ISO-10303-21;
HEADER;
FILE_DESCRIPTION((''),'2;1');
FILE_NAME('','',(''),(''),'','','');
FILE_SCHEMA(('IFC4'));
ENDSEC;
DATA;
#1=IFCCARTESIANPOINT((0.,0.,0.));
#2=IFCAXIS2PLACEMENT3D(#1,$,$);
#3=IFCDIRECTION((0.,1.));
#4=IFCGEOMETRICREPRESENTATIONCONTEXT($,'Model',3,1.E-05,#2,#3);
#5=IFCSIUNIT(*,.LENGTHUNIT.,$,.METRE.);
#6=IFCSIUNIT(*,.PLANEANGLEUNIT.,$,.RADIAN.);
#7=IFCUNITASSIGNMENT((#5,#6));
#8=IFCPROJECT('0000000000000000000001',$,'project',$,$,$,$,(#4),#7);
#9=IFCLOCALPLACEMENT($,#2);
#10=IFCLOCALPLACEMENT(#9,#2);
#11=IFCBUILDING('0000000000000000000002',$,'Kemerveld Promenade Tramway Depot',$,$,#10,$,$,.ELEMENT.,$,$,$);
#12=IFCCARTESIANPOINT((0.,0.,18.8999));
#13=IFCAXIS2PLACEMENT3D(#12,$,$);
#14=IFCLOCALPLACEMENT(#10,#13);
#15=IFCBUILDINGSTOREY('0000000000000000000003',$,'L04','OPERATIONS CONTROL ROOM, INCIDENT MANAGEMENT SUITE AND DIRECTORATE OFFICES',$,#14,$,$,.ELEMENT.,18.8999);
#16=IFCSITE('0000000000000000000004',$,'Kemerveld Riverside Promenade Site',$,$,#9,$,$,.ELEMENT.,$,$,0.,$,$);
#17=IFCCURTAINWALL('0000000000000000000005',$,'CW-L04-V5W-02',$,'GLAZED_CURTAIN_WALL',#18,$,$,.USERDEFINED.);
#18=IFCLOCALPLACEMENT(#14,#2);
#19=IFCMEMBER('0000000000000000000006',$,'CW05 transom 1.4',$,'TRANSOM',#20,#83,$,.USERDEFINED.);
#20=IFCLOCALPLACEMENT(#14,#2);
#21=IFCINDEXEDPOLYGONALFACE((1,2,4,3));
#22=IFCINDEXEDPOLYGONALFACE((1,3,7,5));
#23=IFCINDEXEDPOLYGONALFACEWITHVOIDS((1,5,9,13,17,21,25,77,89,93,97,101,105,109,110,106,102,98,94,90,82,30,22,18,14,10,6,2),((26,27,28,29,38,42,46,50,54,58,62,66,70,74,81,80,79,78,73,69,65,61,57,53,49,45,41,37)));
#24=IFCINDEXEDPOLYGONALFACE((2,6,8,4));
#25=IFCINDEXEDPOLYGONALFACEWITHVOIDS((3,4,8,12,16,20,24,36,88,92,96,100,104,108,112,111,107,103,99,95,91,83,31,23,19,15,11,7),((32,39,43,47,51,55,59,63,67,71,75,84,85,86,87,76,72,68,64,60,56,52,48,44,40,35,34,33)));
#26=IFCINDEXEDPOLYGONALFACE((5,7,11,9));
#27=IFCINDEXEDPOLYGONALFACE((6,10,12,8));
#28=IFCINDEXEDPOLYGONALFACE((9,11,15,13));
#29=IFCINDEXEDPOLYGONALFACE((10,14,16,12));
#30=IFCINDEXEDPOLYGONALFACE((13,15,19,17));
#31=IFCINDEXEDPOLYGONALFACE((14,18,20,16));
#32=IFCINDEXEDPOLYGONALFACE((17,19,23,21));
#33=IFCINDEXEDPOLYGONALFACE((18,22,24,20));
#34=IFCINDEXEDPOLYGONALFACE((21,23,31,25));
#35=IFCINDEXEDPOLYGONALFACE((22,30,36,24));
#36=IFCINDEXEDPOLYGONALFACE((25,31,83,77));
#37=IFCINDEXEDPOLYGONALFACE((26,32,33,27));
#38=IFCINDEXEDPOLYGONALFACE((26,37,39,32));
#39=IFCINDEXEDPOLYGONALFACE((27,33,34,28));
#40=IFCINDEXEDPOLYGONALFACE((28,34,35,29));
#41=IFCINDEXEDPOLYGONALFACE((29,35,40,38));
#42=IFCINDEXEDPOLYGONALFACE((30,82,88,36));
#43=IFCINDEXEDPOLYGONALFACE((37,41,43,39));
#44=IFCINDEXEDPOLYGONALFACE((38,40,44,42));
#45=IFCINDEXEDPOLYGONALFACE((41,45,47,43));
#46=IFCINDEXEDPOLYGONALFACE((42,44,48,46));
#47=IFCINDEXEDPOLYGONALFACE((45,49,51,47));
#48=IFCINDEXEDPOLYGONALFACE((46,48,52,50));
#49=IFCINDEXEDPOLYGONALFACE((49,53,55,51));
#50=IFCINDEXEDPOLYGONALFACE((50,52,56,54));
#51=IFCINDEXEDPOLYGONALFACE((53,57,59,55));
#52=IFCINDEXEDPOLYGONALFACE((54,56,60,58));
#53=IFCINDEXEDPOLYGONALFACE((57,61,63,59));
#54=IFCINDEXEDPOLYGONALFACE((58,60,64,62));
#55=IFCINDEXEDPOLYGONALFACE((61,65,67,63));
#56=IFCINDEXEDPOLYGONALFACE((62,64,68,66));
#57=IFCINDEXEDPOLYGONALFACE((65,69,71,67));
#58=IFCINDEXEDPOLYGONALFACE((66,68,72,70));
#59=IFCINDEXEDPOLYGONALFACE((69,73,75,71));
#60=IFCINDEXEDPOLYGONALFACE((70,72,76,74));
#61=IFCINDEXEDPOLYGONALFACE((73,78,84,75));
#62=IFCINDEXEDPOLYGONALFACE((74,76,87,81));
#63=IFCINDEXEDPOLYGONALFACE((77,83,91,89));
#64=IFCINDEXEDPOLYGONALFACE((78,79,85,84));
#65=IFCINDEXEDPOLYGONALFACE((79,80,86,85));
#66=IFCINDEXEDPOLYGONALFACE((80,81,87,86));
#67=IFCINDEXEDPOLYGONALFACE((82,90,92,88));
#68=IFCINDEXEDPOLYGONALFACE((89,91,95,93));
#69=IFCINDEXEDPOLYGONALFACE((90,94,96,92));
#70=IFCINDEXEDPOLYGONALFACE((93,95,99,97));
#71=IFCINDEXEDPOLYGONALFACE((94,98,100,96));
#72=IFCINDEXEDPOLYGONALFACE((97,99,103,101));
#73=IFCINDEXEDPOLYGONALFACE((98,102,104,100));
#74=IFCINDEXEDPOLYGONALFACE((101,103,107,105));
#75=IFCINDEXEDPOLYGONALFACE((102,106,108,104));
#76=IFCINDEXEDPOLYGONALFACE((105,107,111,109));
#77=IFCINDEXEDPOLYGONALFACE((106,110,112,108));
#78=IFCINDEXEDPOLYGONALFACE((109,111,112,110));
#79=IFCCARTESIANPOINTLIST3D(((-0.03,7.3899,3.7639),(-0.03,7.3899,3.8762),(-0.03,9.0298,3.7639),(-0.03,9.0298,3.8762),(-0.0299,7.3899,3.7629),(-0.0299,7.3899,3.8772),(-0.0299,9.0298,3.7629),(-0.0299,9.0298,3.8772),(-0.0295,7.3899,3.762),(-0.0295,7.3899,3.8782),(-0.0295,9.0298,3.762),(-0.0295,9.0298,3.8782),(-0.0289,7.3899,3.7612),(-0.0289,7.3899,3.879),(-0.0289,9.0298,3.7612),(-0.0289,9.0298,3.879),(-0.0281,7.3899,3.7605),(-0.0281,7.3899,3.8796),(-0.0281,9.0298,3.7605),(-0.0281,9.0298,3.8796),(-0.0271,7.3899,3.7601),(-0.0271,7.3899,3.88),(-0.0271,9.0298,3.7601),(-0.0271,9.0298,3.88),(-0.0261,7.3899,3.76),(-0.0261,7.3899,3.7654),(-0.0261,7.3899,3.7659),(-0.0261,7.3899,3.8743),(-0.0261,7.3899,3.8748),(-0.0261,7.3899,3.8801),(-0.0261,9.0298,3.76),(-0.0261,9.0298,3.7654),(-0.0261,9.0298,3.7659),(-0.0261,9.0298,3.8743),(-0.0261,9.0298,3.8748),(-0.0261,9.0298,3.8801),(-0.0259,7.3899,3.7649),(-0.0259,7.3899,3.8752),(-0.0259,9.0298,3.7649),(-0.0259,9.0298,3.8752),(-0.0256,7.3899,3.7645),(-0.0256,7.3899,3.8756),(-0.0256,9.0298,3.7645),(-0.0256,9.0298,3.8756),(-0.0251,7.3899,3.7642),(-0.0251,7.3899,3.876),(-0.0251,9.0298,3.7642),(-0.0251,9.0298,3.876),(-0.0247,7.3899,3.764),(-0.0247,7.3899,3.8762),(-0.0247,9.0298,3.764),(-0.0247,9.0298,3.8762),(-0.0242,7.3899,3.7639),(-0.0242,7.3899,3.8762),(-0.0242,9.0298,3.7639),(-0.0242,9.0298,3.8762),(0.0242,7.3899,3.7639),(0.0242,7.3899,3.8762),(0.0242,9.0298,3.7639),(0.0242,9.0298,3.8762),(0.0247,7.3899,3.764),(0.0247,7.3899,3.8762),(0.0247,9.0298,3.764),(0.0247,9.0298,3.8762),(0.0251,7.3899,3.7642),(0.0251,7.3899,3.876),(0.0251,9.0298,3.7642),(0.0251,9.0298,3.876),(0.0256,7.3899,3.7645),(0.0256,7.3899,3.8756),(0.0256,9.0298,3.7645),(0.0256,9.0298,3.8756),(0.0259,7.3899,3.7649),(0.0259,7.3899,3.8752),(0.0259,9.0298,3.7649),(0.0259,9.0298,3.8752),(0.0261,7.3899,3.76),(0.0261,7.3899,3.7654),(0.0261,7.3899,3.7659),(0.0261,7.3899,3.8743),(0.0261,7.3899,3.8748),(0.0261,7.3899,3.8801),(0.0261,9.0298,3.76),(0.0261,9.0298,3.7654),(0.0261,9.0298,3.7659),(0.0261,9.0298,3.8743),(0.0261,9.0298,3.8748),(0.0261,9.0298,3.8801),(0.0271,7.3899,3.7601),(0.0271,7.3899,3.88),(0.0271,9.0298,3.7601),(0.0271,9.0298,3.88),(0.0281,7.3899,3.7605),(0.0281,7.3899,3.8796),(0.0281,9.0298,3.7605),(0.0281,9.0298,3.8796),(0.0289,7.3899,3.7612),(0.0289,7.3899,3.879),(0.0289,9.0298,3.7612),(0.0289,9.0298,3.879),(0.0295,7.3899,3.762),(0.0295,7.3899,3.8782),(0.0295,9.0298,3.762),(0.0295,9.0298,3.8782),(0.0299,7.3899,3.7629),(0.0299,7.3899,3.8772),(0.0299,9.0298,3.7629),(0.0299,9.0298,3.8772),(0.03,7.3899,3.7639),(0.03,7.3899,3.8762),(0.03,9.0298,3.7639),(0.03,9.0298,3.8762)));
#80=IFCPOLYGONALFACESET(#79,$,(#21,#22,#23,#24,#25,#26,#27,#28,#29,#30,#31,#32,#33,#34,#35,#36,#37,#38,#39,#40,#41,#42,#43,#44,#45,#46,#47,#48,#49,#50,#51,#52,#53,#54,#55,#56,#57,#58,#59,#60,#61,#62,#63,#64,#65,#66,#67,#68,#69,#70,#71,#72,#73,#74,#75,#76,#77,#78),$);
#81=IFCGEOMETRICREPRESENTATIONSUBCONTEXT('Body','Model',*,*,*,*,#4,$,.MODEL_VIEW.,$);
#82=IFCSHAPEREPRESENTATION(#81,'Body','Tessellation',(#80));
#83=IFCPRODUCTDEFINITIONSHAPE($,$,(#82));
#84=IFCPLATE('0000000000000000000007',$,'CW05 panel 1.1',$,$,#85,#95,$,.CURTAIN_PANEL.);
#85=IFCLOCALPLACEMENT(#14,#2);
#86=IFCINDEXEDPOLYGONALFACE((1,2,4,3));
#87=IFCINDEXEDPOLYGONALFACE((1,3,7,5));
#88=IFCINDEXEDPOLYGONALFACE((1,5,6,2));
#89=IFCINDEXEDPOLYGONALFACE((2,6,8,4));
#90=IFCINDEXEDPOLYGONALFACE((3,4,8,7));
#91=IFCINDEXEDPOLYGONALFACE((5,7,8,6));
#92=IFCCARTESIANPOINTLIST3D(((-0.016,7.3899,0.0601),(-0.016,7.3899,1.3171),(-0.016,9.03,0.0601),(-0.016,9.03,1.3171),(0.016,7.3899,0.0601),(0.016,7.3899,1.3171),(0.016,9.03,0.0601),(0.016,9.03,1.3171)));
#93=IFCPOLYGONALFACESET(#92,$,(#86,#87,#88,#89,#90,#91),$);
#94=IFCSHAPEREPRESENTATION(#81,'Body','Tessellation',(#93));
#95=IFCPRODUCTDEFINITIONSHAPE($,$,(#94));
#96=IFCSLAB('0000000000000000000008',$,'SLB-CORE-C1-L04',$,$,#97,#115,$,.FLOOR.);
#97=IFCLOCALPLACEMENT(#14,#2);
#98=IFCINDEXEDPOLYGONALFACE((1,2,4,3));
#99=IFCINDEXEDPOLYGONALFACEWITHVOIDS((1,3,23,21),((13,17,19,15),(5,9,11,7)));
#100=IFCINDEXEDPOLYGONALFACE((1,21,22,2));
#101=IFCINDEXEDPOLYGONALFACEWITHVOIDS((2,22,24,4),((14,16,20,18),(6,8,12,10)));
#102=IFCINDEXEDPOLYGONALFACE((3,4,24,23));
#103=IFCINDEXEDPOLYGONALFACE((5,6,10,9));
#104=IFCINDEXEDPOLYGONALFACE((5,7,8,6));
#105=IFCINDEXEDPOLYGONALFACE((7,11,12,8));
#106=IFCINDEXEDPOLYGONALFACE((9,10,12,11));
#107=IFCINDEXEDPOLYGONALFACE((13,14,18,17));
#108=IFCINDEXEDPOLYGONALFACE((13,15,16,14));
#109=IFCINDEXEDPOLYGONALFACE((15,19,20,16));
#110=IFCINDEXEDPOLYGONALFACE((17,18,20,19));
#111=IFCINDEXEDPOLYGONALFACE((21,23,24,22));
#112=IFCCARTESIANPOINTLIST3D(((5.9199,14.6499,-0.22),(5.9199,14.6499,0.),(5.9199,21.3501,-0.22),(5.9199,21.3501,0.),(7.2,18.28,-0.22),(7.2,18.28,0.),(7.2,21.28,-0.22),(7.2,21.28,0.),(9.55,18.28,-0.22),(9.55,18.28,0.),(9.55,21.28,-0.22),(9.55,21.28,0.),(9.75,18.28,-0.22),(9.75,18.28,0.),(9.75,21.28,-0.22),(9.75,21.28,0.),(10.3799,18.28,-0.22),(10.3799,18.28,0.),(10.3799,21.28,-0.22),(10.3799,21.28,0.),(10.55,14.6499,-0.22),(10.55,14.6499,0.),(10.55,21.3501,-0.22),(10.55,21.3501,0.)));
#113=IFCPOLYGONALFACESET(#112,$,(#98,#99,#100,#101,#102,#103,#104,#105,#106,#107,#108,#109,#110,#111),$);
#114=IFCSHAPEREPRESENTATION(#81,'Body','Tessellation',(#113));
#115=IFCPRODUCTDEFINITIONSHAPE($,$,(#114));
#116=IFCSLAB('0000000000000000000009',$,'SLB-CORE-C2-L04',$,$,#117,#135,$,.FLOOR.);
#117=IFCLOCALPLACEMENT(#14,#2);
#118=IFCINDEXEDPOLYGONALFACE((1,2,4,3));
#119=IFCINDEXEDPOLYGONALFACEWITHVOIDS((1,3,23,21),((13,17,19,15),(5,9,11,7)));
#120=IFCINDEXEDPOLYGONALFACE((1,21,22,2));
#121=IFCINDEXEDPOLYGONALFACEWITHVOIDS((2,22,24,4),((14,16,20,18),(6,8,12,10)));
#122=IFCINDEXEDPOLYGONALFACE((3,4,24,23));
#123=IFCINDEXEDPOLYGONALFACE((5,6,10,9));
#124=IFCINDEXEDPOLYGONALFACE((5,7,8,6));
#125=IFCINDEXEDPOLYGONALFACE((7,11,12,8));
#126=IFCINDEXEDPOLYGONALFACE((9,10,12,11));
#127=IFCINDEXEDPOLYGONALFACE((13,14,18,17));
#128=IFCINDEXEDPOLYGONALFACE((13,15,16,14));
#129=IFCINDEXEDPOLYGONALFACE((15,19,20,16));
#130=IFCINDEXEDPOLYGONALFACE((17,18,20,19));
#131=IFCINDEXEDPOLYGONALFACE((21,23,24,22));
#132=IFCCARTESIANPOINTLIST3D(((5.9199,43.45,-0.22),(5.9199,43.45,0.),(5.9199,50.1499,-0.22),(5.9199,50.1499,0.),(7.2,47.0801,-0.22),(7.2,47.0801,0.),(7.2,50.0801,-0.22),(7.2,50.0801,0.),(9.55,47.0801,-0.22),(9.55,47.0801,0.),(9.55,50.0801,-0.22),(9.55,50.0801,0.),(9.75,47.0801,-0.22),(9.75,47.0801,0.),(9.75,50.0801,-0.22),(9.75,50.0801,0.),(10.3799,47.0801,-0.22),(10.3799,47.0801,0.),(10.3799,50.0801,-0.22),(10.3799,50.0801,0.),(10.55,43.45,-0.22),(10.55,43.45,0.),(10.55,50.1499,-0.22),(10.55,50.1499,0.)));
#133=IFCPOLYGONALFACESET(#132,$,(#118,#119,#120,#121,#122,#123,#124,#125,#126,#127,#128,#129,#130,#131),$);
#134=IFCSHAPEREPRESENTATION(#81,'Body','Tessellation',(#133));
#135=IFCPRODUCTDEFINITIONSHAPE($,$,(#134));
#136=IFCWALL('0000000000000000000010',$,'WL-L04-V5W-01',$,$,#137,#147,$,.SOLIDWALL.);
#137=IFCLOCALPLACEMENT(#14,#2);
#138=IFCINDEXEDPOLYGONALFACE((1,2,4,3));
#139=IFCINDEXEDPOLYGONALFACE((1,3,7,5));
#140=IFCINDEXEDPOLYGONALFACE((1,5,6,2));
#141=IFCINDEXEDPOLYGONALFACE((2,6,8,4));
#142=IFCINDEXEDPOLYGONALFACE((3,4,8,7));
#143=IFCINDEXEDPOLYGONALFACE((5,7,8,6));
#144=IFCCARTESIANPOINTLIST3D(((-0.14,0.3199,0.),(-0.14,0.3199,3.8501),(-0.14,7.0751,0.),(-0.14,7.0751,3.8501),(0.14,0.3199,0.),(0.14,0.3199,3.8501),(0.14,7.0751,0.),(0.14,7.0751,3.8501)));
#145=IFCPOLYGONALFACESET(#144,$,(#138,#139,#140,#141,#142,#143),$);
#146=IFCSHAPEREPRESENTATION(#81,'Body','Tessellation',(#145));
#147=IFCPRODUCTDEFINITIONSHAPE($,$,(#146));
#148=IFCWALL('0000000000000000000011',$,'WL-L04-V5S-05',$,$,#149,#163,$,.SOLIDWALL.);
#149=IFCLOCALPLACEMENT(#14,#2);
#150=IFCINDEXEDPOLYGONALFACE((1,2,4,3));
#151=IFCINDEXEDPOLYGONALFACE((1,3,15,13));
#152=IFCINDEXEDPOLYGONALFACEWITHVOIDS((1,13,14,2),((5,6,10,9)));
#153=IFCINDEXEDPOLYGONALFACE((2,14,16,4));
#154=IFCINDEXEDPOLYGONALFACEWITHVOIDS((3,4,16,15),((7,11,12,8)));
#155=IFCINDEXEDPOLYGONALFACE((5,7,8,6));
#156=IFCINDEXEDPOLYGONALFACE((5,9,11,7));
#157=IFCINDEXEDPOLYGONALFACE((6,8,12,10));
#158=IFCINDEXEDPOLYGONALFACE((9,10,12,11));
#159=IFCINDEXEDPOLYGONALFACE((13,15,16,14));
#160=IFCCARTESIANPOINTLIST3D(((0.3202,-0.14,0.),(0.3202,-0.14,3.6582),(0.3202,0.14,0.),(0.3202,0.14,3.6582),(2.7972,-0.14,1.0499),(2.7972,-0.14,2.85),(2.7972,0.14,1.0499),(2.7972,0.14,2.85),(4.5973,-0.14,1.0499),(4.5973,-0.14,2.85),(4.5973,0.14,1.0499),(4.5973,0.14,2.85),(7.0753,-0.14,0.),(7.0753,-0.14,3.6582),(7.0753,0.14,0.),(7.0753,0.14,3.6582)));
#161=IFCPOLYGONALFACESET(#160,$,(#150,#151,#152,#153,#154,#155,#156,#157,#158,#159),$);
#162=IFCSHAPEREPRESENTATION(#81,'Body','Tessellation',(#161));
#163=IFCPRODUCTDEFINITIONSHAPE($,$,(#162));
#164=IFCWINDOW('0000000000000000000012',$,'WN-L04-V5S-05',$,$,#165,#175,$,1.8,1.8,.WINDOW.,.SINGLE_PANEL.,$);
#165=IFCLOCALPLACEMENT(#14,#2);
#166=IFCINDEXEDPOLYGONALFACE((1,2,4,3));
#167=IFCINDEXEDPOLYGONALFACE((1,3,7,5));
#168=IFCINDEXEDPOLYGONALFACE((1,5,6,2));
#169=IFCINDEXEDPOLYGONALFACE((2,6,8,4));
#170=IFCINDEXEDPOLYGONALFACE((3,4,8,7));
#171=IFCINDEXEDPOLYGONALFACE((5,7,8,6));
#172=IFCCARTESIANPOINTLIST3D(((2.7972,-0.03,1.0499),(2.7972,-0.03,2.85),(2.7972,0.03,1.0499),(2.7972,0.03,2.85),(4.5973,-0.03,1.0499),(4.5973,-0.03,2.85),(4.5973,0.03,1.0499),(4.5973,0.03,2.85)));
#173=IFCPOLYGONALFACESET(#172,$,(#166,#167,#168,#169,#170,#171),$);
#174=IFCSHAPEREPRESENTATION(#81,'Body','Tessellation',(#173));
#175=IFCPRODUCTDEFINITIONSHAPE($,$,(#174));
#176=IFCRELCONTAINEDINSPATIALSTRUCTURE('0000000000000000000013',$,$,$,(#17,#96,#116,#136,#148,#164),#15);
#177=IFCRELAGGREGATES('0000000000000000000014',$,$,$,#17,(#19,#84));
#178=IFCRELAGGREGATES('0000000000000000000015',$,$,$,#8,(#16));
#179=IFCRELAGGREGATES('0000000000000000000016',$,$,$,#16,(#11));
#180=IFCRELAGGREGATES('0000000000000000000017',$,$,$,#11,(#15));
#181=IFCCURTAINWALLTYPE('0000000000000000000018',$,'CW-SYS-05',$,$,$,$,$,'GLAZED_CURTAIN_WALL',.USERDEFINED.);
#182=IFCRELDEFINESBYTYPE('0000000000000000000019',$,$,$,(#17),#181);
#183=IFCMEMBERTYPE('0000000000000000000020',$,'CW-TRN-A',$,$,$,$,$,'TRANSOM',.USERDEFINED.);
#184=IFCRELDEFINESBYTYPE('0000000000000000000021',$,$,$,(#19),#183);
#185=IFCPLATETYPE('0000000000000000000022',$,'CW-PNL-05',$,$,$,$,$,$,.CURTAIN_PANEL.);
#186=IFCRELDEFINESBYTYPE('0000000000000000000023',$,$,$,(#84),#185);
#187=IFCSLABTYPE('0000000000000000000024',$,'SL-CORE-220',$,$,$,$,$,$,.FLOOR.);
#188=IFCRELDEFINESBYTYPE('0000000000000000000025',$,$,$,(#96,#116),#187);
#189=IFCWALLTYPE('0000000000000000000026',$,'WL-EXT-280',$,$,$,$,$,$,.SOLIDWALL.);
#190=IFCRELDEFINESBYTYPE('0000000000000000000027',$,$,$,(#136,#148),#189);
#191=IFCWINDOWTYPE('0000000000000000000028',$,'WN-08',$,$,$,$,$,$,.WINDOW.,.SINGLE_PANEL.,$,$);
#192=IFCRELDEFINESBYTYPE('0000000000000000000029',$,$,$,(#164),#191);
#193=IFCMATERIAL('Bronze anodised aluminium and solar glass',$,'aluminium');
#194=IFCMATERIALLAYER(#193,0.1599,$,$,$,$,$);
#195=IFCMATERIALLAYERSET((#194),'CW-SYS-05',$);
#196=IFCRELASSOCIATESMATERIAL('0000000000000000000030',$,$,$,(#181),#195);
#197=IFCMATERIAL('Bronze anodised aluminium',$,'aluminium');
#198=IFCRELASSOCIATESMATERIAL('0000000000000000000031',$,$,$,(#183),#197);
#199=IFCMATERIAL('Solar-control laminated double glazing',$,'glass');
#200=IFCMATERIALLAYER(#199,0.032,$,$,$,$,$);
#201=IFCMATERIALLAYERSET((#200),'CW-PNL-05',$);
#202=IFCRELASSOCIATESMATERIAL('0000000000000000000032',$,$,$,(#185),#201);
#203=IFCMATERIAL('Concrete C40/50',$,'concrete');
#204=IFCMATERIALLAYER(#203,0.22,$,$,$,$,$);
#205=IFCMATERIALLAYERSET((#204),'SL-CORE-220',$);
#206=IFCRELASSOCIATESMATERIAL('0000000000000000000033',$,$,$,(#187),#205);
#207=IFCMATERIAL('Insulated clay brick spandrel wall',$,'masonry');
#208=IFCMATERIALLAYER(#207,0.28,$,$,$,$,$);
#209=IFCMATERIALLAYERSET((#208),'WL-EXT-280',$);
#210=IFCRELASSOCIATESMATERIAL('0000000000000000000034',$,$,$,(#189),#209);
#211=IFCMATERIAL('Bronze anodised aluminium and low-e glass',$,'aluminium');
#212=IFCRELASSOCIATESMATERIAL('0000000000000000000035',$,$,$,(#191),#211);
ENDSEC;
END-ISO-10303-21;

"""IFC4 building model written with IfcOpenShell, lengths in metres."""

from ifc_helpers import new_model, si_unit, direction, frame, frame_2d, origin, origin_2d, place, context, subcontext, project, spatial, polyline, rectangle, hollow_rectangle, outline, extrude, material, layer, layer_set, material_profile, profile_set, type_object, element, fill, aggregate, save


model = new_model("IFC4")

# Units and contexts
model_context = context("Model", 3, precision=1e-05, world=origin(), true_north=direction((0.0, 1.0)))
body_context = subcontext(model_context, "Body", "Model", "MODEL_VIEW")
ifc_project = project(units=[si_unit("LENGTHUNIT", "METRE"), si_unit("PLANEANGLEUNIT", "RADIAN")], contexts=[model_context])

# Site, building, storey
site_placement = place(None, origin())
site = spatial("IfcSite", under=ifc_project, at=site_placement, Name="Kemerveld Riverside Promenade Site", CompositionType="ELEMENT", RefElevation=0.0)
building_placement = place(site_placement, origin())
building = spatial("IfcBuilding", under=site, at=building_placement, Name="Kemerveld Promenade Tramway Depot", CompositionType="ELEMENT")
storey_placement = place(building_placement, frame((0.0, 0.0, 18.8999)))
storey = spatial("IfcBuildingStorey", under=building, at=storey_placement, Name="L04", Description="OPERATIONS CONTROL ROOM, INCIDENT MANAGEMENT SUITE AND DIRECTORATE OFFICES", CompositionType="ELEMENT", Elevation=18.8999)

# Curtain wall, member, plate
ifc_material_1 = material(Name="Bronze anodised aluminium and solar glass", Category="aluminium")
ifc_layer_1 = layer(ifc_material_1, 0.1599)
ifc_layer_set_1 = layer_set([ifc_layer_1], Name="CW-SYS-05")
curtain_wall_type = type_object("IfcCurtainWallType", Name="CW-SYS-05", ElementType="GLAZED_CURTAIN_WALL", PredefinedType="USERDEFINED", material=ifc_layer_set_1)
curtain_wall_placement = place(storey_placement, origin())
curtain_wall = element("IfcCurtainWall", 1, at=curtain_wall_placement, inside=storey, type_object=curtain_wall_type, Name="CW-L04-V5W-02", ObjectType="GLAZED_CURTAIN_WALL", PredefinedType="USERDEFINED")
ifc_material_2 = material(Name="Bronze anodised aluminium", Category="aluminium")
ifc_material_profile_1 = material_profile(ifc_material_2, hollow_rectangle(XDim=0.0601, YDim=0.1201, WallThickness=0.0039, InnerFilletRadius=0.002, OuterFilletRadius=0.0039, at=origin_2d()), Name="CW-TRN-120x60")
ifc_profile_set_1 = profile_set([ifc_material_profile_1], Name="Bronze anodised aluminium")
member_type_1 = type_object("IfcMemberType", Name="CW-TRN-A", ElementType="TRANSOM", PredefinedType="USERDEFINED", material=ifc_profile_set_1)
member_1_placement = place(storey_placement, frame((0.0, 7.3899, 3.8201), z_axis=(0.0, 1.0, 0.0), x_axis=(-1.0, 0.0, 0.0)))
member_1 = element("IfcMember", 2, at=member_1_placement, type_object=member_type_1, Name="CW05 transom 1.4", ObjectType="TRANSOM", PredefinedType="USERDEFINED", context=body_context, shape_type="SweptSolid", body=[
    extrude(hollow_rectangle(XDim=0.0601, YDim=0.1201, WallThickness=0.0039, InnerFilletRadius=0.002, OuterFilletRadius=0.0039, at=origin_2d()), origin(), (0.0, 0.0, 1.0), 1.6399),
])
ifc_material_3 = material(Name="Solar-control laminated double glazing", Category="glass")
ifc_layer_2 = layer(ifc_material_3, 0.032)
ifc_layer_set_2 = layer_set([ifc_layer_2], Name="CW-PNL-05")
plate_type = type_object("IfcPlateType", Name="CW-PNL-05", PredefinedType="CURTAIN_PANEL", material=ifc_layer_set_2)
plate_placement = place(storey_placement, frame((0.0, 8.21, 0.0601), z_axis=(0.0, 0.0, 1.0), x_axis=(0.0, 1.0, 0.0)))
plate = element("IfcPlate", 3, at=plate_placement, type_object=plate_type, Name="CW05 panel 1.1", PredefinedType="CURTAIN_PANEL", context=body_context, shape_type="SweptSolid", body=[
    extrude(rectangle(XDim=1.6401, YDim=0.032, at=origin_2d()), origin(), (0.0, 0.0, 1.0), 1.2571),
])
aggregate(curtain_wall, [member_1, plate])

# Slabs
ifc_material_4 = material(Name="Concrete C40/50", Category="concrete")
ifc_layer_3 = layer(ifc_material_4, 0.22)
ifc_layer_set_3 = layer_set([ifc_layer_3], Name="SL-CORE-220")
slab_type = type_object("IfcSlabType", Name="SL-CORE-220", PredefinedType="FLOOR", material=ifc_layer_set_3)
slab_1_placement = place(storey_placement, frame((0.0, 0.0, -0.22)))
element("IfcSlab", 4, at=slab_1_placement, inside=storey, type_object=slab_type, Name="SLB-CORE-C1-L04", PredefinedType="FLOOR", context=body_context, shape_type="SweptSolid", body=[
    extrude(outline(polyline([(5.9199, 14.6499), (10.55, 14.6499), (10.55, 21.3501), (5.9199, 21.3501), (5.9199, 14.6499)]), holes=[polyline([(7.2, 18.28), (9.55, 18.28), (9.55, 21.28), (7.2, 21.28), (7.2, 18.28)]), polyline([(9.75, 18.28), (10.3799, 18.28), (10.3799, 21.28), (9.75, 21.28), (9.75, 18.28)])]), origin(), (0.0, 0.0, 1.0), 0.22),
])
slab_2_placement = place(storey_placement, frame((0.0, 0.0, -0.22)))
element("IfcSlab", 5, at=slab_2_placement, inside=storey, type_object=slab_type, Name="SLB-CORE-C2-L04", PredefinedType="FLOOR", context=body_context, shape_type="SweptSolid", body=[
    extrude(outline(polyline([(5.9199, 43.45), (10.55, 43.45), (10.55, 50.1499), (5.9199, 50.1499), (5.9199, 43.45)]), holes=[polyline([(7.2, 47.0801), (9.55, 47.0801), (9.55, 50.0801), (7.2, 50.0801), (7.2, 47.0801)]), polyline([(9.75, 47.0801), (10.3799, 47.0801), (10.3799, 50.0801), (9.75, 50.0801), (9.75, 47.0801)])]), origin(), (0.0, 0.0, 1.0), 0.22),
])

# Wall
ifc_material_5 = material(Name="Insulated clay brick spandrel wall", Category="masonry")
ifc_layer_4 = layer(ifc_material_5, 0.28)
ifc_layer_set_4 = layer_set([ifc_layer_4], Name="WL-EXT-280")
wall_type = type_object("IfcWallType", Name="WL-EXT-280", PredefinedType="SOLIDWALL", material=ifc_layer_set_4)
wall_1_placement = place(storey_placement, frame((0.0, 0.3201, 0.0), z_axis=(0.0, 0.0, 1.0), x_axis=(0.0, 1.0, 0.0)))
element("IfcWall", 6, at=wall_1_placement, inside=storey, type_object=wall_type, Name="WL-L04-V5W-01", PredefinedType="SOLIDWALL", context=body_context, shape_type="SweptSolid", body=[
    extrude(rectangle(XDim=6.7551, YDim=0.28, at=frame_2d((3.3774, 0.0))), origin(), (0.0, 0.0, 1.0), 3.8501),
])

# Wall, opening, window
wall_2_placement = place(storey_placement, frame((7.0752, 0.0, 0.0), z_axis=(0.0, 0.0, 1.0), x_axis=(-1.0, 0.0, 0.0)))
wall_2 = element("IfcWall", 7, at=wall_2_placement, inside=storey, type_object=wall_type, Name="WL-L04-V5S-05", PredefinedType="SOLIDWALL", context=body_context, shape_type="SweptSolid", body=[
    extrude(rectangle(XDim=6.7551, YDim=0.28, at=frame_2d((3.3774, 0.0))), origin(), (0.0, 0.0, 1.0), 3.6582),
])
opening_placement = place(wall_2_placement, frame((2.478, 0.0, 1.05)))
opening = element("IfcOpeningElement", 8, at=opening_placement, cuts=wall_2, PredefinedType="OPENING", context=body_context, shape_type="SweptSolid", body=[
    extrude(rectangle(XDim=1.8, YDim=1.8, at=frame_2d((0.8999, 0.8999))), frame((0.0, 0.1499, 0.0), z_axis=(0.0, -1.0, 0.0), x_axis=(1.0, 0.0, 0.0)), (0.0, 0.0, 1.0), 0.3),
])
ifc_material_6 = material(Name="Bronze anodised aluminium and low-e glass", Category="aluminium")
window_type = type_object("IfcWindowType", Name="WN-08", PartitioningType="SINGLE_PANEL", PredefinedType="WINDOW", material=ifc_material_6)
window_placement = place(opening_placement, origin())
window = element("IfcWindow", 9, at=window_placement, inside=storey, type_object=window_type, Name="WN-L04-V5S-05", OverallHeight=1.8, OverallWidth=1.8, PartitioningType="SINGLE_PANEL", PredefinedType="WINDOW", context=body_context, shape_type="SweptSolid", body=[
    extrude(rectangle(XDim=1.8, YDim=1.8, at=frame_2d((0.8999, 0.8999))), frame((0.0, 0.03, 0.0), z_axis=(0.0, -1.0, 0.0), x_axis=(1.0, 0.0, 0.0)), (0.0, 0.0, 1.0), 0.0601),
])
fill(opening, window)

save(model, "model.ifc")
